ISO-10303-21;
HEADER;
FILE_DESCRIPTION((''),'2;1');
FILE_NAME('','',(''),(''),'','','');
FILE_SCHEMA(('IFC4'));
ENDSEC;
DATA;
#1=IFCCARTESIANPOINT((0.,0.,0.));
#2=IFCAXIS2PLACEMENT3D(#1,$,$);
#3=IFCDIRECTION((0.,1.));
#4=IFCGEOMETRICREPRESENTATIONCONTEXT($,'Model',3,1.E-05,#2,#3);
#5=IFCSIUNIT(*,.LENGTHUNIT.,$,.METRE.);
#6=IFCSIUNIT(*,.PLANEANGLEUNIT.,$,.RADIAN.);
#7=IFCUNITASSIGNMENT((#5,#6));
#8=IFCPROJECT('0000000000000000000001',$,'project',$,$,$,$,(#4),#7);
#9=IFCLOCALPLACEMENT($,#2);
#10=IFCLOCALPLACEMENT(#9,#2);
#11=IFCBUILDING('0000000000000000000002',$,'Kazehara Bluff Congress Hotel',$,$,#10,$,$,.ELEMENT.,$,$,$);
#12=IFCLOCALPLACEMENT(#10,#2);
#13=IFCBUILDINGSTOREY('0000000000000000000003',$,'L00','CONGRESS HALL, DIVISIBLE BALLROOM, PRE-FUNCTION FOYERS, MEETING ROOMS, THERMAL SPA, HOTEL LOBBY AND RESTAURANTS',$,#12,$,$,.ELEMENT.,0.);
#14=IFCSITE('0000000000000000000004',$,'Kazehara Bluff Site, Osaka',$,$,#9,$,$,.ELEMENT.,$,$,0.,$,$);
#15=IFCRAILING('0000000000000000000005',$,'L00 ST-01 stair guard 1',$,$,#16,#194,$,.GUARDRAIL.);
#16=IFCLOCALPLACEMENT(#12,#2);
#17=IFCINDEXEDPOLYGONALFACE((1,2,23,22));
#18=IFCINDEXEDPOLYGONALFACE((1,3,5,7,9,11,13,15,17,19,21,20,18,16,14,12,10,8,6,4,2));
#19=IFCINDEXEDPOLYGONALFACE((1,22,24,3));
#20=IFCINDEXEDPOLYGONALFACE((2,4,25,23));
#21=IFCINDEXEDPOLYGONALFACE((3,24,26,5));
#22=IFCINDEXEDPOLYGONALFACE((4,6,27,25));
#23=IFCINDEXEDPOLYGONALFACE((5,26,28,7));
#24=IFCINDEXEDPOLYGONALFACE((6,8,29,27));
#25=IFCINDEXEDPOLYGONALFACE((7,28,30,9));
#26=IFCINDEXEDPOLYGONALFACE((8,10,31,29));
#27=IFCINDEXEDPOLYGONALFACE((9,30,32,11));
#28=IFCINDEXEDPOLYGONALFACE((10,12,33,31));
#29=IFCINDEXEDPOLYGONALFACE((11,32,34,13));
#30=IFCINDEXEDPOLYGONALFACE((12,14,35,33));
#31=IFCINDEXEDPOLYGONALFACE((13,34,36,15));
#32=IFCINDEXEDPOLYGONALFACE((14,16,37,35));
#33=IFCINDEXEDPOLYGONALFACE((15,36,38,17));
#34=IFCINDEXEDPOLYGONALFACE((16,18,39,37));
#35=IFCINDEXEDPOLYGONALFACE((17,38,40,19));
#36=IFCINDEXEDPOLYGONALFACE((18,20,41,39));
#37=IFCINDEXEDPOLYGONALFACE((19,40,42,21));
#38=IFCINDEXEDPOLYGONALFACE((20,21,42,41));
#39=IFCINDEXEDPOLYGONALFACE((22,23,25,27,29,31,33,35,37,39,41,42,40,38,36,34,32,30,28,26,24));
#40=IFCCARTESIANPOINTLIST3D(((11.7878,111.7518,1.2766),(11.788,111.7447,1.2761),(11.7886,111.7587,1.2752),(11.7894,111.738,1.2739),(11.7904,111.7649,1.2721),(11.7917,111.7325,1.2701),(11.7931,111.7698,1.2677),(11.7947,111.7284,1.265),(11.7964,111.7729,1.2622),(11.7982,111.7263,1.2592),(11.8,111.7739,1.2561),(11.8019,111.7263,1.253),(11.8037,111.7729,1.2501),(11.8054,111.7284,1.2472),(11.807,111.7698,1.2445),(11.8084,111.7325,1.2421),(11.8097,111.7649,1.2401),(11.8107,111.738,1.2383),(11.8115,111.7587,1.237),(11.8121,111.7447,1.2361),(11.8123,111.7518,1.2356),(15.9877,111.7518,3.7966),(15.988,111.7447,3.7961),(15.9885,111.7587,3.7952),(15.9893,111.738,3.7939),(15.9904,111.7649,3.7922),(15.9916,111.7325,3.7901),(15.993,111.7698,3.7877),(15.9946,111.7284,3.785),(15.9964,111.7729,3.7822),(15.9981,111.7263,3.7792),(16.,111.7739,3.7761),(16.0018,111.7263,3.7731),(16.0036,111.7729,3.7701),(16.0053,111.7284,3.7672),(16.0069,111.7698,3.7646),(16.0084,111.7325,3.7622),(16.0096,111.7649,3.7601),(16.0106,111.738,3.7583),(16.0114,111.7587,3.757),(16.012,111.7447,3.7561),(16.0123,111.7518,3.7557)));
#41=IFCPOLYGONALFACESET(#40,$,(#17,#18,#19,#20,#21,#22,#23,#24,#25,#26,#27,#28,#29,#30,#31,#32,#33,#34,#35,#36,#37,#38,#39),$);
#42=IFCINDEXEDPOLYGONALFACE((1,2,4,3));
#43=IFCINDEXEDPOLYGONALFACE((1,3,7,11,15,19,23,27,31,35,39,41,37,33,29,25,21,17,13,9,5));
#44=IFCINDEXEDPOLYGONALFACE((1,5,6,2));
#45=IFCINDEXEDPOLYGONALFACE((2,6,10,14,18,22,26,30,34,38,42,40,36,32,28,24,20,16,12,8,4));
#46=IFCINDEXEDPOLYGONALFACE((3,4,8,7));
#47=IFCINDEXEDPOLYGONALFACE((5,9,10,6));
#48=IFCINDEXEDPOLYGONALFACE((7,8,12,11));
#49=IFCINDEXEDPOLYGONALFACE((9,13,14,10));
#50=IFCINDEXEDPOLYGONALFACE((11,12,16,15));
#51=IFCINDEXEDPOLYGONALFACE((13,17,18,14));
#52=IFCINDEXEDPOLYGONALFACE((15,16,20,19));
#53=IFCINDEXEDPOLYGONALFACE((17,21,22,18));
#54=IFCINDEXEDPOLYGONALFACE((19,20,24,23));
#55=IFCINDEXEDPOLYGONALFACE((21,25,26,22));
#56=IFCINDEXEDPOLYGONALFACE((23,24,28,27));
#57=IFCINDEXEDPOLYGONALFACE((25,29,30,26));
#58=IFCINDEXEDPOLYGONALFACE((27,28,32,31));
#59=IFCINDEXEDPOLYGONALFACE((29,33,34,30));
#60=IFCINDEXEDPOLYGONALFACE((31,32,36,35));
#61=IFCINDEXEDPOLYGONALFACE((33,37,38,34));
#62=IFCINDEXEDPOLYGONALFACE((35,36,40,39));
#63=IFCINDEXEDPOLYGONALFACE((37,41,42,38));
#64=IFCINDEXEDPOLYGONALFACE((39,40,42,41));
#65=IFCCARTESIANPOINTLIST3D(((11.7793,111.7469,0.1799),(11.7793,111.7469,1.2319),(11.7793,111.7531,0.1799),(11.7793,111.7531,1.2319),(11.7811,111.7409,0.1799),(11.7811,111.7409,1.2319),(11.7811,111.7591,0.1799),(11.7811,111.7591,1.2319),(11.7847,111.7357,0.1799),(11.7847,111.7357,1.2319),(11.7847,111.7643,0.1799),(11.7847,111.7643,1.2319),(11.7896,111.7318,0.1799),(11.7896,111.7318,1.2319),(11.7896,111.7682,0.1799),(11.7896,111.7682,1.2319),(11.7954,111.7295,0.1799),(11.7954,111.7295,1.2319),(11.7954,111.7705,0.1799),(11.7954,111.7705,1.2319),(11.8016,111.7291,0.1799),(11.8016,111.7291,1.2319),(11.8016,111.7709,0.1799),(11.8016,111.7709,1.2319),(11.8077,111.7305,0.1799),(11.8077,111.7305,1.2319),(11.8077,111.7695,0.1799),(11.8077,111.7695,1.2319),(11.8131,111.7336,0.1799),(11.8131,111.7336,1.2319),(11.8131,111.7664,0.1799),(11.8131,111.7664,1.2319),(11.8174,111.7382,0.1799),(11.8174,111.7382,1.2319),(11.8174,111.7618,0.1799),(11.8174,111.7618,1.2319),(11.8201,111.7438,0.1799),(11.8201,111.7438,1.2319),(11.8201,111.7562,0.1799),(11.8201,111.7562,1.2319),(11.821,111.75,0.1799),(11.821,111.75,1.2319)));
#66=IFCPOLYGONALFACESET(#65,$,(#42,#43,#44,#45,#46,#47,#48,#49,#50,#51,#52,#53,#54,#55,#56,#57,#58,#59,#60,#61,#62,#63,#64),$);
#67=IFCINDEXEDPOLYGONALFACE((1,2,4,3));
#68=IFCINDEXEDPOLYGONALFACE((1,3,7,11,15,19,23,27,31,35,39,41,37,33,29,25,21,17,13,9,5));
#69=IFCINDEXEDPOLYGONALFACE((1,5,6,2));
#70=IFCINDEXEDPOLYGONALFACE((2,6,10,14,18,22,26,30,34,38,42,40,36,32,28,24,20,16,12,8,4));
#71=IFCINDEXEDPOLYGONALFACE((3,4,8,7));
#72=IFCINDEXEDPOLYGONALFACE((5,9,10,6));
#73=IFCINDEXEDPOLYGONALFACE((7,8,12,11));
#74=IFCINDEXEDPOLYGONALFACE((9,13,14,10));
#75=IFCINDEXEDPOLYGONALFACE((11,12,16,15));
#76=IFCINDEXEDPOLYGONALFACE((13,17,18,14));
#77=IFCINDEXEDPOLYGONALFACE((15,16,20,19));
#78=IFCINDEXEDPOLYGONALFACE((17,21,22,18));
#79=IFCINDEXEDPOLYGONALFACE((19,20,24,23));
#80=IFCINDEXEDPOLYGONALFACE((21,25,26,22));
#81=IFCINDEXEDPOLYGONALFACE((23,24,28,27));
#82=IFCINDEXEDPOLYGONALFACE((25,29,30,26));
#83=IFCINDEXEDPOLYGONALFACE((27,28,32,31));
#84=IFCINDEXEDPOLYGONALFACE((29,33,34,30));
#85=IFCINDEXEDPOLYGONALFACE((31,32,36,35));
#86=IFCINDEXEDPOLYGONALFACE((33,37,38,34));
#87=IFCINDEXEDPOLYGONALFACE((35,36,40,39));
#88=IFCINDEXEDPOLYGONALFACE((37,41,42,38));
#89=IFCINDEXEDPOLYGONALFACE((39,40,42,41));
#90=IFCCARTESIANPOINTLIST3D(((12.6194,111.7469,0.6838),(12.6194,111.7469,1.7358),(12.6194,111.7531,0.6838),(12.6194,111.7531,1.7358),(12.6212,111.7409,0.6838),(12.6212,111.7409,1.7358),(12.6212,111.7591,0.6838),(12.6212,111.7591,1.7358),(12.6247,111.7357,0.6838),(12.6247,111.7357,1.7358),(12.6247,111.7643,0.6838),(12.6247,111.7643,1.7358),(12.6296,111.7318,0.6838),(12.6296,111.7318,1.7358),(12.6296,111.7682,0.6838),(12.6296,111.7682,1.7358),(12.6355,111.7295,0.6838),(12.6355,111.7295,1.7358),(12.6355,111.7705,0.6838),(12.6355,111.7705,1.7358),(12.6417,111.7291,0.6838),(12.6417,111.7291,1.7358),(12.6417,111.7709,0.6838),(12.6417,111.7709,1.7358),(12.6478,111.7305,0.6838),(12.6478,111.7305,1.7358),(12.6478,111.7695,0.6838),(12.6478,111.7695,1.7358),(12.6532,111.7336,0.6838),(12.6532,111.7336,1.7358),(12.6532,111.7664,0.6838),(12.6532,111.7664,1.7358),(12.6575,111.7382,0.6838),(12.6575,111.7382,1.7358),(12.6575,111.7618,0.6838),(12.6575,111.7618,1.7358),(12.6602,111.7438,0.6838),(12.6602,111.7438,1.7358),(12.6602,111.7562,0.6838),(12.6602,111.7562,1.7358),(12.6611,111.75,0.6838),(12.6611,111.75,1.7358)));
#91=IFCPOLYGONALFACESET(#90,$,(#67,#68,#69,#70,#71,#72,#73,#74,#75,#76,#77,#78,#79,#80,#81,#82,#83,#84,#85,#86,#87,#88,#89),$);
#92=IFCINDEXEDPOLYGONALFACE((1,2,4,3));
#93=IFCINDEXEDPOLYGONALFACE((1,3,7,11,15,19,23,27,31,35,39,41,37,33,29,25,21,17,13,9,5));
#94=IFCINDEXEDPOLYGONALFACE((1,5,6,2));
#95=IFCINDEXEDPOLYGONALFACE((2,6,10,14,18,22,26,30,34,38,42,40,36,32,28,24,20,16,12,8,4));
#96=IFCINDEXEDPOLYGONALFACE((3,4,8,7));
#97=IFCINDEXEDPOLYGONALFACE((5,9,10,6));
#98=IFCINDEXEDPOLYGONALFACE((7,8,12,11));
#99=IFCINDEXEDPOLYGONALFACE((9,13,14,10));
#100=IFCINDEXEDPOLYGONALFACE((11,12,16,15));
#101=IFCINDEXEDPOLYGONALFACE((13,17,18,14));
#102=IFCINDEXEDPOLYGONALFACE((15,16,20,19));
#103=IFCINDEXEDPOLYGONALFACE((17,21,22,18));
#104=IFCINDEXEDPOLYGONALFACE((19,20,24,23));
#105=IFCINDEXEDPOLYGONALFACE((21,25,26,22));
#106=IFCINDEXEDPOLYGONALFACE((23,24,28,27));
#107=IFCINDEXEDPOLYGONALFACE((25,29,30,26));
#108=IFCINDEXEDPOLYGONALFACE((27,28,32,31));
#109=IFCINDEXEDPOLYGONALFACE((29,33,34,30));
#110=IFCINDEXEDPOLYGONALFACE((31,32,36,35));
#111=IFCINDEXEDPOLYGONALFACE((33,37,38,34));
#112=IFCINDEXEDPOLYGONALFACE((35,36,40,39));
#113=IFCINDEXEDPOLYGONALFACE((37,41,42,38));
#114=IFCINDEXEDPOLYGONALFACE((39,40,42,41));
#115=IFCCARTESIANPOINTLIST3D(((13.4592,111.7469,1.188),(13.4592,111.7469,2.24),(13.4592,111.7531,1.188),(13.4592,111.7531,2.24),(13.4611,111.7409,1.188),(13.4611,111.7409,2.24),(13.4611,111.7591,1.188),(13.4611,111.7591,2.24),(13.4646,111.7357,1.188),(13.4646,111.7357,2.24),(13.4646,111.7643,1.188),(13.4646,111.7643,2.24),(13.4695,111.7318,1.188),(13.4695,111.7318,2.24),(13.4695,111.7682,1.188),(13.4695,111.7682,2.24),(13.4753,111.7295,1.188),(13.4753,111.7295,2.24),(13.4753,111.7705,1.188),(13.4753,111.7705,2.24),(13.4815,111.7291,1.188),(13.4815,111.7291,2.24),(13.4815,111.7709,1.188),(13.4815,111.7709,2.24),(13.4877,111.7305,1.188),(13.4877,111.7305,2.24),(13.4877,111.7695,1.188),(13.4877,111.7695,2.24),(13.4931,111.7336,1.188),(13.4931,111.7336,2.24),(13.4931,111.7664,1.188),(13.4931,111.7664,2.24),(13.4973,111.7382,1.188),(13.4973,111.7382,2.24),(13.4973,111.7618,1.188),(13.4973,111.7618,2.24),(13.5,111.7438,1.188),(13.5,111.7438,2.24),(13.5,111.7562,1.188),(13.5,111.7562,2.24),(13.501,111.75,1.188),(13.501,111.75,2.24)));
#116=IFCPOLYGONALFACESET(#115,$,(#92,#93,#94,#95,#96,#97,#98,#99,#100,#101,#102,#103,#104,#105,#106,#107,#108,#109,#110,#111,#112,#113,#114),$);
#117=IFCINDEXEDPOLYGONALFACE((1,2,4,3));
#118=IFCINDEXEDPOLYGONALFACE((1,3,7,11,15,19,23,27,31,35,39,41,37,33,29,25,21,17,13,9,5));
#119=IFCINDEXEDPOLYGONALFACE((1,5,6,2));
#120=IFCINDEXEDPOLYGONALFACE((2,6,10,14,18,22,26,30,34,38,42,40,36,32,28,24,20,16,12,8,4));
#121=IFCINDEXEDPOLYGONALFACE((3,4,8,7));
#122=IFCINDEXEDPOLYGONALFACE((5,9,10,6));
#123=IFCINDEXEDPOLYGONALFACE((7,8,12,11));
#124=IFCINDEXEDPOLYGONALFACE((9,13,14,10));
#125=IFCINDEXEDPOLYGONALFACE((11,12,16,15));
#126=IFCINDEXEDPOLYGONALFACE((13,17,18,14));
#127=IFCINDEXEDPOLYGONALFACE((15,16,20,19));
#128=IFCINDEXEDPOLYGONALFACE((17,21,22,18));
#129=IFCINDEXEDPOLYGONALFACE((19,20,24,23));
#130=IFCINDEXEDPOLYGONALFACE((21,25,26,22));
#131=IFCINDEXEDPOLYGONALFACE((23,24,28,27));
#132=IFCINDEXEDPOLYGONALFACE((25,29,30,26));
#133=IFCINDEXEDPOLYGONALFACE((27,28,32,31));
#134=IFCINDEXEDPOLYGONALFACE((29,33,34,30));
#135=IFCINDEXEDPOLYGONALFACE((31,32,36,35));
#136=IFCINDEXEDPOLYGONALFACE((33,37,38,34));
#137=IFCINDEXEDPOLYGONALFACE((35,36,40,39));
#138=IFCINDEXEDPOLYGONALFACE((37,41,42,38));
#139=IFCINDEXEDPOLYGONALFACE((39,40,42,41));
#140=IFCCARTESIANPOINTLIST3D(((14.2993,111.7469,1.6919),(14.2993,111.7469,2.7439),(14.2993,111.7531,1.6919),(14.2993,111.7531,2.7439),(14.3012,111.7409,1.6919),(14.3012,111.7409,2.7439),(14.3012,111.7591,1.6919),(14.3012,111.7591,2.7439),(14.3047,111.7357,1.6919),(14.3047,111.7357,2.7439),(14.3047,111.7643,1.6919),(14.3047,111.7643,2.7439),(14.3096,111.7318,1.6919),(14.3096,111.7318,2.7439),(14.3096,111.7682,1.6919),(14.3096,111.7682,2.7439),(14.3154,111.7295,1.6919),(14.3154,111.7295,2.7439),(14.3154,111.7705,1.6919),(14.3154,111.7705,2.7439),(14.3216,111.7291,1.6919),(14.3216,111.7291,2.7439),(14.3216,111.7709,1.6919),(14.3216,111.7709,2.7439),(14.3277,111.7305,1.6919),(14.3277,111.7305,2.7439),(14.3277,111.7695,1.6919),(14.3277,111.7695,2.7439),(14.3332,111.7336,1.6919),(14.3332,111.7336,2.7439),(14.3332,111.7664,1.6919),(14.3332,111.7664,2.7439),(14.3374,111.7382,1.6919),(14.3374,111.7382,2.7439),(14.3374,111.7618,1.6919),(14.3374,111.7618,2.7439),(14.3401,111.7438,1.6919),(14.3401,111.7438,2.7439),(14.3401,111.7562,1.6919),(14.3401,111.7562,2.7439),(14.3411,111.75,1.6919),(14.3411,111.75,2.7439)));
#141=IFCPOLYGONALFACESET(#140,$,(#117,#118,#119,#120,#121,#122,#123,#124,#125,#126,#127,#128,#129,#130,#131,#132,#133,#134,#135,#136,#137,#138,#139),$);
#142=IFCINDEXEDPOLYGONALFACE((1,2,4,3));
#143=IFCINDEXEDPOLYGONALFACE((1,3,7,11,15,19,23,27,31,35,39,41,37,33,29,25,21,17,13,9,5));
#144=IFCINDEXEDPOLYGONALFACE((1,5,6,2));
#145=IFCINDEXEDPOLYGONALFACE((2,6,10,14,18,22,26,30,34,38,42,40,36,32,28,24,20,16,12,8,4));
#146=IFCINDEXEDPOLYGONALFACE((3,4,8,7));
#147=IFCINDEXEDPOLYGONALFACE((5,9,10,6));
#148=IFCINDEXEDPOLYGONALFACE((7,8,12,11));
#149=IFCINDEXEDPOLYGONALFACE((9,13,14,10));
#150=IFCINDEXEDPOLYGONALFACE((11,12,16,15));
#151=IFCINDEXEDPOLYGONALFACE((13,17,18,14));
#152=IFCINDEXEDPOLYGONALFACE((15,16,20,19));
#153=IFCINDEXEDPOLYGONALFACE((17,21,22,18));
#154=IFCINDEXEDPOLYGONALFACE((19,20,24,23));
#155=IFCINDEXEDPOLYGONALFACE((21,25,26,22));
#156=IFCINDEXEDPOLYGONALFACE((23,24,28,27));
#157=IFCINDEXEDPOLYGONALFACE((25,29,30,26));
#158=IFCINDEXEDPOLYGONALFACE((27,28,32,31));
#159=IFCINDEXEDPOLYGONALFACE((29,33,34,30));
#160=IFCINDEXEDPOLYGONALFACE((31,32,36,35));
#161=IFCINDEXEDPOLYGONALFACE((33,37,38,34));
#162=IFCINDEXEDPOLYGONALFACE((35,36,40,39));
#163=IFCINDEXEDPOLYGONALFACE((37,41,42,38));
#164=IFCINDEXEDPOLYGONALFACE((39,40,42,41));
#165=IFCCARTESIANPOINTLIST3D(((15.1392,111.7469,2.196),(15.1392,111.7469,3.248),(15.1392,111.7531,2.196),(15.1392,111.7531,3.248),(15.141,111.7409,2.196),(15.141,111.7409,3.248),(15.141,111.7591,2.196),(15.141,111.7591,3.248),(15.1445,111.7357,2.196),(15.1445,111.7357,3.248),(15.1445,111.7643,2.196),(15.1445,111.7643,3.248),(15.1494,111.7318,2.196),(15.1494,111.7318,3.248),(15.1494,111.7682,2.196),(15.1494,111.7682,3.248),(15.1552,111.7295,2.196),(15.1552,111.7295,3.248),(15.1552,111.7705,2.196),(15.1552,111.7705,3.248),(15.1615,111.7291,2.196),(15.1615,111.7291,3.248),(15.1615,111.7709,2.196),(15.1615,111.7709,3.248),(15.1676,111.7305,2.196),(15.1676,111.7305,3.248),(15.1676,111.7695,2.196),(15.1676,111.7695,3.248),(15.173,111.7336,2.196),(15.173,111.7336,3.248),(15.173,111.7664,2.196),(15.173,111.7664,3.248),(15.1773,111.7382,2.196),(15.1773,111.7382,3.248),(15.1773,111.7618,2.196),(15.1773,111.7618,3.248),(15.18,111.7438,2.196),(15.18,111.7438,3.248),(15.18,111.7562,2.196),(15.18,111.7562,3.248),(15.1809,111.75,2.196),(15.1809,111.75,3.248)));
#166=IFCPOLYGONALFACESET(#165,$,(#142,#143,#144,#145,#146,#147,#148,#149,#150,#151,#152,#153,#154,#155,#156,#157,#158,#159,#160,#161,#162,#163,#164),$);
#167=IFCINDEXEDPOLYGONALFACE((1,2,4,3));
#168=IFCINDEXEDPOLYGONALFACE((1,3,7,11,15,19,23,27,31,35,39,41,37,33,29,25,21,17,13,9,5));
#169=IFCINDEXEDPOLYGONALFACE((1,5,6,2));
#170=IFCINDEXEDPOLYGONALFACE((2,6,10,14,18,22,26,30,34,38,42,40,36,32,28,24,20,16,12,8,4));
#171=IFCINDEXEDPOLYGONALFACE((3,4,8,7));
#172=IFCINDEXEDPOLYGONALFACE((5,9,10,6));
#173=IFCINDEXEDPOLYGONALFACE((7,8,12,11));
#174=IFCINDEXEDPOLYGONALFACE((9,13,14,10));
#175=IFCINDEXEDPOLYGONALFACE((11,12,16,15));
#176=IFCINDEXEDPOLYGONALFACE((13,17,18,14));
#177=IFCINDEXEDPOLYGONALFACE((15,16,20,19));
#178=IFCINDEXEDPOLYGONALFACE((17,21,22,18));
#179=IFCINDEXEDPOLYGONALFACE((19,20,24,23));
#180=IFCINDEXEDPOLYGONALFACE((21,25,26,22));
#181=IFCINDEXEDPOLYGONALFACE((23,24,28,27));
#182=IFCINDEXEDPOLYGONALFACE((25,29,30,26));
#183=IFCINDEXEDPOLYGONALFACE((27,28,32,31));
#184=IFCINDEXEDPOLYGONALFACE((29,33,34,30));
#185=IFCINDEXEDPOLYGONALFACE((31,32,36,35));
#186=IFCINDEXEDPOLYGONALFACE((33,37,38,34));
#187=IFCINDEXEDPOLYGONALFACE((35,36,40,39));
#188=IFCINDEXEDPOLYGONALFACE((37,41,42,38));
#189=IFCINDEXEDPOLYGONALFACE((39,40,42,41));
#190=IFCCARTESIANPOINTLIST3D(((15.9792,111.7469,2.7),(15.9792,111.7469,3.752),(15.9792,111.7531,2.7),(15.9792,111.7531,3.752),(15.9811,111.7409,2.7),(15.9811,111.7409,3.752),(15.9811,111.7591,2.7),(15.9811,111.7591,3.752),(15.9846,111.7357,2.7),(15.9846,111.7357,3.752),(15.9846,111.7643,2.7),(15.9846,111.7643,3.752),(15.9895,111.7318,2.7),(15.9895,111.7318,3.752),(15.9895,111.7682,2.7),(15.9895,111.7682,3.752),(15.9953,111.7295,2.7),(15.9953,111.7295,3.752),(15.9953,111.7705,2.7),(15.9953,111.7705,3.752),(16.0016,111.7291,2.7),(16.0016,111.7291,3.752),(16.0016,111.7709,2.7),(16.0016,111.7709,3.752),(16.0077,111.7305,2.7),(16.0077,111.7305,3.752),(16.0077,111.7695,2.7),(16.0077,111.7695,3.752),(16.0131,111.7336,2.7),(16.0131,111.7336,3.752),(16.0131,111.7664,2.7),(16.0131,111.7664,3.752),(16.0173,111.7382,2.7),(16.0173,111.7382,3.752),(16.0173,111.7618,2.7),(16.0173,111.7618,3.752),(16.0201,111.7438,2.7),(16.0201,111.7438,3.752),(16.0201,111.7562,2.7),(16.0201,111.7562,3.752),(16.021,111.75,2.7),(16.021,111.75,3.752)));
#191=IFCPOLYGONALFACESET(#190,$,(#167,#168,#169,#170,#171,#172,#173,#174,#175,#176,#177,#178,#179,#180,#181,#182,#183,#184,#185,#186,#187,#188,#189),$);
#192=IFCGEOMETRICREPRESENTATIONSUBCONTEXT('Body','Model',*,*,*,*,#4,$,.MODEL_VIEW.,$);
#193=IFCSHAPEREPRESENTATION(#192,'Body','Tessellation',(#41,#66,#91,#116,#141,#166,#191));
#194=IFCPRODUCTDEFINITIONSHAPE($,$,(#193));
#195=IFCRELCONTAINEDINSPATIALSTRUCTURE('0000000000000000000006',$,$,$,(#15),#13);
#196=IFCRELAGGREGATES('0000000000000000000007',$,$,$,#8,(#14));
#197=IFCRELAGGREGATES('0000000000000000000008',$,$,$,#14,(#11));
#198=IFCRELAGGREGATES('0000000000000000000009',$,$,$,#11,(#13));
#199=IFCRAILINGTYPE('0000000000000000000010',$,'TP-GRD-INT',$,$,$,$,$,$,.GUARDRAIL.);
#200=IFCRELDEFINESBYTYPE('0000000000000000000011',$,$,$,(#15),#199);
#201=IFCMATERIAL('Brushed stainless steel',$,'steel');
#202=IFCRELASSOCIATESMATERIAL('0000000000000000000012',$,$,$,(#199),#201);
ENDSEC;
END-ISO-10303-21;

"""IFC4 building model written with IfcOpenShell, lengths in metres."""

from ifc_helpers import new_model, si_unit, direction, frame, origin, origin_2d, place, context, subcontext, project, spatial, circle, extrude, material, type_object, element, save


model = new_model("IFC4")

# Units and contexts
model_context = context("Model", 3, precision=1e-05, world=origin(), true_north=direction((0.0, 1.0)))
body_context = subcontext(model_context, "Body", "Model", "MODEL_VIEW")
ifc_project = project(units=[si_unit("LENGTHUNIT", "METRE"), si_unit("PLANEANGLEUNIT", "RADIAN")], contexts=[model_context])

# Site, building, storey
site_placement = place(None, origin())
site = spatial("IfcSite", under=ifc_project, at=site_placement, Name="Kazehara Bluff Site, Osaka", CompositionType="ELEMENT", RefElevation=0.0)
building_placement = place(site_placement, origin())
building = spatial("IfcBuilding", under=site, at=building_placement, Name="Kazehara Bluff Congress Hotel", CompositionType="ELEMENT")
storey_placement = place(building_placement, origin())
storey = spatial("IfcBuildingStorey", under=building, at=storey_placement, Name="L00", Description="CONGRESS HALL, DIVISIBLE BALLROOM, PRE-FUNCTION FOYERS, MEETING ROOMS, THERMAL SPA, HOTEL LOBBY AND RESTAURANTS", CompositionType="ELEMENT", Elevation=0.0)

# Railing
ifc_material_1 = material(Name="Brushed stainless steel", Category="steel")
railing_type_1 = type_object("IfcRailingType", Name="TP-GRD-INT", PredefinedType="GUARDRAIL", material=ifc_material_1)
railing_1_placement = place(storey_placement, frame((11.8, 111.75, 0.1799)))
element("IfcRailing", 1, at=railing_1_placement, inside=storey, type_object=railing_type_1, Name="L00 ST-01 stair guard 1", PredefinedType="GUARDRAIL", context=body_context, shape_type="SweptSolid", body=[
    extrude(circle(Radius=0.0239, at=origin_2d()), frame((0.0, 0.0, 1.0762), z_axis=(0.857489, 0.0, 0.514503), x_axis=(0.0, 1.0, 0.0)), (0.0, 0.0, 1.0), 4.8979),
    extrude(circle(Radius=0.021, at=origin_2d()), origin(), (0.0, 0.0, 1.0), 1.052),
    extrude(circle(Radius=0.021, at=origin_2d()), frame((0.8401, 0.0, 0.5039)), (0.0, 0.0, 1.0), 1.052),
    extrude(circle(Radius=0.021, at=origin_2d()), frame((1.6799, 0.0, 1.0081)), (0.0, 0.0, 1.0), 1.052),
    extrude(circle(Radius=0.021, at=origin_2d()), frame((2.52, 0.0, 1.512)), (0.0, 0.0, 1.0), 1.052),
    extrude(circle(Radius=0.021, at=origin_2d()), frame((3.3599, 0.0, 2.0161)), (0.0, 0.0, 1.0), 1.052),
    extrude(circle(Radius=0.021, at=origin_2d()), frame((4.2, 0.0, 2.52)), (0.0, 0.0, 1.0), 1.052),
])

save(model, "model.ifc")
